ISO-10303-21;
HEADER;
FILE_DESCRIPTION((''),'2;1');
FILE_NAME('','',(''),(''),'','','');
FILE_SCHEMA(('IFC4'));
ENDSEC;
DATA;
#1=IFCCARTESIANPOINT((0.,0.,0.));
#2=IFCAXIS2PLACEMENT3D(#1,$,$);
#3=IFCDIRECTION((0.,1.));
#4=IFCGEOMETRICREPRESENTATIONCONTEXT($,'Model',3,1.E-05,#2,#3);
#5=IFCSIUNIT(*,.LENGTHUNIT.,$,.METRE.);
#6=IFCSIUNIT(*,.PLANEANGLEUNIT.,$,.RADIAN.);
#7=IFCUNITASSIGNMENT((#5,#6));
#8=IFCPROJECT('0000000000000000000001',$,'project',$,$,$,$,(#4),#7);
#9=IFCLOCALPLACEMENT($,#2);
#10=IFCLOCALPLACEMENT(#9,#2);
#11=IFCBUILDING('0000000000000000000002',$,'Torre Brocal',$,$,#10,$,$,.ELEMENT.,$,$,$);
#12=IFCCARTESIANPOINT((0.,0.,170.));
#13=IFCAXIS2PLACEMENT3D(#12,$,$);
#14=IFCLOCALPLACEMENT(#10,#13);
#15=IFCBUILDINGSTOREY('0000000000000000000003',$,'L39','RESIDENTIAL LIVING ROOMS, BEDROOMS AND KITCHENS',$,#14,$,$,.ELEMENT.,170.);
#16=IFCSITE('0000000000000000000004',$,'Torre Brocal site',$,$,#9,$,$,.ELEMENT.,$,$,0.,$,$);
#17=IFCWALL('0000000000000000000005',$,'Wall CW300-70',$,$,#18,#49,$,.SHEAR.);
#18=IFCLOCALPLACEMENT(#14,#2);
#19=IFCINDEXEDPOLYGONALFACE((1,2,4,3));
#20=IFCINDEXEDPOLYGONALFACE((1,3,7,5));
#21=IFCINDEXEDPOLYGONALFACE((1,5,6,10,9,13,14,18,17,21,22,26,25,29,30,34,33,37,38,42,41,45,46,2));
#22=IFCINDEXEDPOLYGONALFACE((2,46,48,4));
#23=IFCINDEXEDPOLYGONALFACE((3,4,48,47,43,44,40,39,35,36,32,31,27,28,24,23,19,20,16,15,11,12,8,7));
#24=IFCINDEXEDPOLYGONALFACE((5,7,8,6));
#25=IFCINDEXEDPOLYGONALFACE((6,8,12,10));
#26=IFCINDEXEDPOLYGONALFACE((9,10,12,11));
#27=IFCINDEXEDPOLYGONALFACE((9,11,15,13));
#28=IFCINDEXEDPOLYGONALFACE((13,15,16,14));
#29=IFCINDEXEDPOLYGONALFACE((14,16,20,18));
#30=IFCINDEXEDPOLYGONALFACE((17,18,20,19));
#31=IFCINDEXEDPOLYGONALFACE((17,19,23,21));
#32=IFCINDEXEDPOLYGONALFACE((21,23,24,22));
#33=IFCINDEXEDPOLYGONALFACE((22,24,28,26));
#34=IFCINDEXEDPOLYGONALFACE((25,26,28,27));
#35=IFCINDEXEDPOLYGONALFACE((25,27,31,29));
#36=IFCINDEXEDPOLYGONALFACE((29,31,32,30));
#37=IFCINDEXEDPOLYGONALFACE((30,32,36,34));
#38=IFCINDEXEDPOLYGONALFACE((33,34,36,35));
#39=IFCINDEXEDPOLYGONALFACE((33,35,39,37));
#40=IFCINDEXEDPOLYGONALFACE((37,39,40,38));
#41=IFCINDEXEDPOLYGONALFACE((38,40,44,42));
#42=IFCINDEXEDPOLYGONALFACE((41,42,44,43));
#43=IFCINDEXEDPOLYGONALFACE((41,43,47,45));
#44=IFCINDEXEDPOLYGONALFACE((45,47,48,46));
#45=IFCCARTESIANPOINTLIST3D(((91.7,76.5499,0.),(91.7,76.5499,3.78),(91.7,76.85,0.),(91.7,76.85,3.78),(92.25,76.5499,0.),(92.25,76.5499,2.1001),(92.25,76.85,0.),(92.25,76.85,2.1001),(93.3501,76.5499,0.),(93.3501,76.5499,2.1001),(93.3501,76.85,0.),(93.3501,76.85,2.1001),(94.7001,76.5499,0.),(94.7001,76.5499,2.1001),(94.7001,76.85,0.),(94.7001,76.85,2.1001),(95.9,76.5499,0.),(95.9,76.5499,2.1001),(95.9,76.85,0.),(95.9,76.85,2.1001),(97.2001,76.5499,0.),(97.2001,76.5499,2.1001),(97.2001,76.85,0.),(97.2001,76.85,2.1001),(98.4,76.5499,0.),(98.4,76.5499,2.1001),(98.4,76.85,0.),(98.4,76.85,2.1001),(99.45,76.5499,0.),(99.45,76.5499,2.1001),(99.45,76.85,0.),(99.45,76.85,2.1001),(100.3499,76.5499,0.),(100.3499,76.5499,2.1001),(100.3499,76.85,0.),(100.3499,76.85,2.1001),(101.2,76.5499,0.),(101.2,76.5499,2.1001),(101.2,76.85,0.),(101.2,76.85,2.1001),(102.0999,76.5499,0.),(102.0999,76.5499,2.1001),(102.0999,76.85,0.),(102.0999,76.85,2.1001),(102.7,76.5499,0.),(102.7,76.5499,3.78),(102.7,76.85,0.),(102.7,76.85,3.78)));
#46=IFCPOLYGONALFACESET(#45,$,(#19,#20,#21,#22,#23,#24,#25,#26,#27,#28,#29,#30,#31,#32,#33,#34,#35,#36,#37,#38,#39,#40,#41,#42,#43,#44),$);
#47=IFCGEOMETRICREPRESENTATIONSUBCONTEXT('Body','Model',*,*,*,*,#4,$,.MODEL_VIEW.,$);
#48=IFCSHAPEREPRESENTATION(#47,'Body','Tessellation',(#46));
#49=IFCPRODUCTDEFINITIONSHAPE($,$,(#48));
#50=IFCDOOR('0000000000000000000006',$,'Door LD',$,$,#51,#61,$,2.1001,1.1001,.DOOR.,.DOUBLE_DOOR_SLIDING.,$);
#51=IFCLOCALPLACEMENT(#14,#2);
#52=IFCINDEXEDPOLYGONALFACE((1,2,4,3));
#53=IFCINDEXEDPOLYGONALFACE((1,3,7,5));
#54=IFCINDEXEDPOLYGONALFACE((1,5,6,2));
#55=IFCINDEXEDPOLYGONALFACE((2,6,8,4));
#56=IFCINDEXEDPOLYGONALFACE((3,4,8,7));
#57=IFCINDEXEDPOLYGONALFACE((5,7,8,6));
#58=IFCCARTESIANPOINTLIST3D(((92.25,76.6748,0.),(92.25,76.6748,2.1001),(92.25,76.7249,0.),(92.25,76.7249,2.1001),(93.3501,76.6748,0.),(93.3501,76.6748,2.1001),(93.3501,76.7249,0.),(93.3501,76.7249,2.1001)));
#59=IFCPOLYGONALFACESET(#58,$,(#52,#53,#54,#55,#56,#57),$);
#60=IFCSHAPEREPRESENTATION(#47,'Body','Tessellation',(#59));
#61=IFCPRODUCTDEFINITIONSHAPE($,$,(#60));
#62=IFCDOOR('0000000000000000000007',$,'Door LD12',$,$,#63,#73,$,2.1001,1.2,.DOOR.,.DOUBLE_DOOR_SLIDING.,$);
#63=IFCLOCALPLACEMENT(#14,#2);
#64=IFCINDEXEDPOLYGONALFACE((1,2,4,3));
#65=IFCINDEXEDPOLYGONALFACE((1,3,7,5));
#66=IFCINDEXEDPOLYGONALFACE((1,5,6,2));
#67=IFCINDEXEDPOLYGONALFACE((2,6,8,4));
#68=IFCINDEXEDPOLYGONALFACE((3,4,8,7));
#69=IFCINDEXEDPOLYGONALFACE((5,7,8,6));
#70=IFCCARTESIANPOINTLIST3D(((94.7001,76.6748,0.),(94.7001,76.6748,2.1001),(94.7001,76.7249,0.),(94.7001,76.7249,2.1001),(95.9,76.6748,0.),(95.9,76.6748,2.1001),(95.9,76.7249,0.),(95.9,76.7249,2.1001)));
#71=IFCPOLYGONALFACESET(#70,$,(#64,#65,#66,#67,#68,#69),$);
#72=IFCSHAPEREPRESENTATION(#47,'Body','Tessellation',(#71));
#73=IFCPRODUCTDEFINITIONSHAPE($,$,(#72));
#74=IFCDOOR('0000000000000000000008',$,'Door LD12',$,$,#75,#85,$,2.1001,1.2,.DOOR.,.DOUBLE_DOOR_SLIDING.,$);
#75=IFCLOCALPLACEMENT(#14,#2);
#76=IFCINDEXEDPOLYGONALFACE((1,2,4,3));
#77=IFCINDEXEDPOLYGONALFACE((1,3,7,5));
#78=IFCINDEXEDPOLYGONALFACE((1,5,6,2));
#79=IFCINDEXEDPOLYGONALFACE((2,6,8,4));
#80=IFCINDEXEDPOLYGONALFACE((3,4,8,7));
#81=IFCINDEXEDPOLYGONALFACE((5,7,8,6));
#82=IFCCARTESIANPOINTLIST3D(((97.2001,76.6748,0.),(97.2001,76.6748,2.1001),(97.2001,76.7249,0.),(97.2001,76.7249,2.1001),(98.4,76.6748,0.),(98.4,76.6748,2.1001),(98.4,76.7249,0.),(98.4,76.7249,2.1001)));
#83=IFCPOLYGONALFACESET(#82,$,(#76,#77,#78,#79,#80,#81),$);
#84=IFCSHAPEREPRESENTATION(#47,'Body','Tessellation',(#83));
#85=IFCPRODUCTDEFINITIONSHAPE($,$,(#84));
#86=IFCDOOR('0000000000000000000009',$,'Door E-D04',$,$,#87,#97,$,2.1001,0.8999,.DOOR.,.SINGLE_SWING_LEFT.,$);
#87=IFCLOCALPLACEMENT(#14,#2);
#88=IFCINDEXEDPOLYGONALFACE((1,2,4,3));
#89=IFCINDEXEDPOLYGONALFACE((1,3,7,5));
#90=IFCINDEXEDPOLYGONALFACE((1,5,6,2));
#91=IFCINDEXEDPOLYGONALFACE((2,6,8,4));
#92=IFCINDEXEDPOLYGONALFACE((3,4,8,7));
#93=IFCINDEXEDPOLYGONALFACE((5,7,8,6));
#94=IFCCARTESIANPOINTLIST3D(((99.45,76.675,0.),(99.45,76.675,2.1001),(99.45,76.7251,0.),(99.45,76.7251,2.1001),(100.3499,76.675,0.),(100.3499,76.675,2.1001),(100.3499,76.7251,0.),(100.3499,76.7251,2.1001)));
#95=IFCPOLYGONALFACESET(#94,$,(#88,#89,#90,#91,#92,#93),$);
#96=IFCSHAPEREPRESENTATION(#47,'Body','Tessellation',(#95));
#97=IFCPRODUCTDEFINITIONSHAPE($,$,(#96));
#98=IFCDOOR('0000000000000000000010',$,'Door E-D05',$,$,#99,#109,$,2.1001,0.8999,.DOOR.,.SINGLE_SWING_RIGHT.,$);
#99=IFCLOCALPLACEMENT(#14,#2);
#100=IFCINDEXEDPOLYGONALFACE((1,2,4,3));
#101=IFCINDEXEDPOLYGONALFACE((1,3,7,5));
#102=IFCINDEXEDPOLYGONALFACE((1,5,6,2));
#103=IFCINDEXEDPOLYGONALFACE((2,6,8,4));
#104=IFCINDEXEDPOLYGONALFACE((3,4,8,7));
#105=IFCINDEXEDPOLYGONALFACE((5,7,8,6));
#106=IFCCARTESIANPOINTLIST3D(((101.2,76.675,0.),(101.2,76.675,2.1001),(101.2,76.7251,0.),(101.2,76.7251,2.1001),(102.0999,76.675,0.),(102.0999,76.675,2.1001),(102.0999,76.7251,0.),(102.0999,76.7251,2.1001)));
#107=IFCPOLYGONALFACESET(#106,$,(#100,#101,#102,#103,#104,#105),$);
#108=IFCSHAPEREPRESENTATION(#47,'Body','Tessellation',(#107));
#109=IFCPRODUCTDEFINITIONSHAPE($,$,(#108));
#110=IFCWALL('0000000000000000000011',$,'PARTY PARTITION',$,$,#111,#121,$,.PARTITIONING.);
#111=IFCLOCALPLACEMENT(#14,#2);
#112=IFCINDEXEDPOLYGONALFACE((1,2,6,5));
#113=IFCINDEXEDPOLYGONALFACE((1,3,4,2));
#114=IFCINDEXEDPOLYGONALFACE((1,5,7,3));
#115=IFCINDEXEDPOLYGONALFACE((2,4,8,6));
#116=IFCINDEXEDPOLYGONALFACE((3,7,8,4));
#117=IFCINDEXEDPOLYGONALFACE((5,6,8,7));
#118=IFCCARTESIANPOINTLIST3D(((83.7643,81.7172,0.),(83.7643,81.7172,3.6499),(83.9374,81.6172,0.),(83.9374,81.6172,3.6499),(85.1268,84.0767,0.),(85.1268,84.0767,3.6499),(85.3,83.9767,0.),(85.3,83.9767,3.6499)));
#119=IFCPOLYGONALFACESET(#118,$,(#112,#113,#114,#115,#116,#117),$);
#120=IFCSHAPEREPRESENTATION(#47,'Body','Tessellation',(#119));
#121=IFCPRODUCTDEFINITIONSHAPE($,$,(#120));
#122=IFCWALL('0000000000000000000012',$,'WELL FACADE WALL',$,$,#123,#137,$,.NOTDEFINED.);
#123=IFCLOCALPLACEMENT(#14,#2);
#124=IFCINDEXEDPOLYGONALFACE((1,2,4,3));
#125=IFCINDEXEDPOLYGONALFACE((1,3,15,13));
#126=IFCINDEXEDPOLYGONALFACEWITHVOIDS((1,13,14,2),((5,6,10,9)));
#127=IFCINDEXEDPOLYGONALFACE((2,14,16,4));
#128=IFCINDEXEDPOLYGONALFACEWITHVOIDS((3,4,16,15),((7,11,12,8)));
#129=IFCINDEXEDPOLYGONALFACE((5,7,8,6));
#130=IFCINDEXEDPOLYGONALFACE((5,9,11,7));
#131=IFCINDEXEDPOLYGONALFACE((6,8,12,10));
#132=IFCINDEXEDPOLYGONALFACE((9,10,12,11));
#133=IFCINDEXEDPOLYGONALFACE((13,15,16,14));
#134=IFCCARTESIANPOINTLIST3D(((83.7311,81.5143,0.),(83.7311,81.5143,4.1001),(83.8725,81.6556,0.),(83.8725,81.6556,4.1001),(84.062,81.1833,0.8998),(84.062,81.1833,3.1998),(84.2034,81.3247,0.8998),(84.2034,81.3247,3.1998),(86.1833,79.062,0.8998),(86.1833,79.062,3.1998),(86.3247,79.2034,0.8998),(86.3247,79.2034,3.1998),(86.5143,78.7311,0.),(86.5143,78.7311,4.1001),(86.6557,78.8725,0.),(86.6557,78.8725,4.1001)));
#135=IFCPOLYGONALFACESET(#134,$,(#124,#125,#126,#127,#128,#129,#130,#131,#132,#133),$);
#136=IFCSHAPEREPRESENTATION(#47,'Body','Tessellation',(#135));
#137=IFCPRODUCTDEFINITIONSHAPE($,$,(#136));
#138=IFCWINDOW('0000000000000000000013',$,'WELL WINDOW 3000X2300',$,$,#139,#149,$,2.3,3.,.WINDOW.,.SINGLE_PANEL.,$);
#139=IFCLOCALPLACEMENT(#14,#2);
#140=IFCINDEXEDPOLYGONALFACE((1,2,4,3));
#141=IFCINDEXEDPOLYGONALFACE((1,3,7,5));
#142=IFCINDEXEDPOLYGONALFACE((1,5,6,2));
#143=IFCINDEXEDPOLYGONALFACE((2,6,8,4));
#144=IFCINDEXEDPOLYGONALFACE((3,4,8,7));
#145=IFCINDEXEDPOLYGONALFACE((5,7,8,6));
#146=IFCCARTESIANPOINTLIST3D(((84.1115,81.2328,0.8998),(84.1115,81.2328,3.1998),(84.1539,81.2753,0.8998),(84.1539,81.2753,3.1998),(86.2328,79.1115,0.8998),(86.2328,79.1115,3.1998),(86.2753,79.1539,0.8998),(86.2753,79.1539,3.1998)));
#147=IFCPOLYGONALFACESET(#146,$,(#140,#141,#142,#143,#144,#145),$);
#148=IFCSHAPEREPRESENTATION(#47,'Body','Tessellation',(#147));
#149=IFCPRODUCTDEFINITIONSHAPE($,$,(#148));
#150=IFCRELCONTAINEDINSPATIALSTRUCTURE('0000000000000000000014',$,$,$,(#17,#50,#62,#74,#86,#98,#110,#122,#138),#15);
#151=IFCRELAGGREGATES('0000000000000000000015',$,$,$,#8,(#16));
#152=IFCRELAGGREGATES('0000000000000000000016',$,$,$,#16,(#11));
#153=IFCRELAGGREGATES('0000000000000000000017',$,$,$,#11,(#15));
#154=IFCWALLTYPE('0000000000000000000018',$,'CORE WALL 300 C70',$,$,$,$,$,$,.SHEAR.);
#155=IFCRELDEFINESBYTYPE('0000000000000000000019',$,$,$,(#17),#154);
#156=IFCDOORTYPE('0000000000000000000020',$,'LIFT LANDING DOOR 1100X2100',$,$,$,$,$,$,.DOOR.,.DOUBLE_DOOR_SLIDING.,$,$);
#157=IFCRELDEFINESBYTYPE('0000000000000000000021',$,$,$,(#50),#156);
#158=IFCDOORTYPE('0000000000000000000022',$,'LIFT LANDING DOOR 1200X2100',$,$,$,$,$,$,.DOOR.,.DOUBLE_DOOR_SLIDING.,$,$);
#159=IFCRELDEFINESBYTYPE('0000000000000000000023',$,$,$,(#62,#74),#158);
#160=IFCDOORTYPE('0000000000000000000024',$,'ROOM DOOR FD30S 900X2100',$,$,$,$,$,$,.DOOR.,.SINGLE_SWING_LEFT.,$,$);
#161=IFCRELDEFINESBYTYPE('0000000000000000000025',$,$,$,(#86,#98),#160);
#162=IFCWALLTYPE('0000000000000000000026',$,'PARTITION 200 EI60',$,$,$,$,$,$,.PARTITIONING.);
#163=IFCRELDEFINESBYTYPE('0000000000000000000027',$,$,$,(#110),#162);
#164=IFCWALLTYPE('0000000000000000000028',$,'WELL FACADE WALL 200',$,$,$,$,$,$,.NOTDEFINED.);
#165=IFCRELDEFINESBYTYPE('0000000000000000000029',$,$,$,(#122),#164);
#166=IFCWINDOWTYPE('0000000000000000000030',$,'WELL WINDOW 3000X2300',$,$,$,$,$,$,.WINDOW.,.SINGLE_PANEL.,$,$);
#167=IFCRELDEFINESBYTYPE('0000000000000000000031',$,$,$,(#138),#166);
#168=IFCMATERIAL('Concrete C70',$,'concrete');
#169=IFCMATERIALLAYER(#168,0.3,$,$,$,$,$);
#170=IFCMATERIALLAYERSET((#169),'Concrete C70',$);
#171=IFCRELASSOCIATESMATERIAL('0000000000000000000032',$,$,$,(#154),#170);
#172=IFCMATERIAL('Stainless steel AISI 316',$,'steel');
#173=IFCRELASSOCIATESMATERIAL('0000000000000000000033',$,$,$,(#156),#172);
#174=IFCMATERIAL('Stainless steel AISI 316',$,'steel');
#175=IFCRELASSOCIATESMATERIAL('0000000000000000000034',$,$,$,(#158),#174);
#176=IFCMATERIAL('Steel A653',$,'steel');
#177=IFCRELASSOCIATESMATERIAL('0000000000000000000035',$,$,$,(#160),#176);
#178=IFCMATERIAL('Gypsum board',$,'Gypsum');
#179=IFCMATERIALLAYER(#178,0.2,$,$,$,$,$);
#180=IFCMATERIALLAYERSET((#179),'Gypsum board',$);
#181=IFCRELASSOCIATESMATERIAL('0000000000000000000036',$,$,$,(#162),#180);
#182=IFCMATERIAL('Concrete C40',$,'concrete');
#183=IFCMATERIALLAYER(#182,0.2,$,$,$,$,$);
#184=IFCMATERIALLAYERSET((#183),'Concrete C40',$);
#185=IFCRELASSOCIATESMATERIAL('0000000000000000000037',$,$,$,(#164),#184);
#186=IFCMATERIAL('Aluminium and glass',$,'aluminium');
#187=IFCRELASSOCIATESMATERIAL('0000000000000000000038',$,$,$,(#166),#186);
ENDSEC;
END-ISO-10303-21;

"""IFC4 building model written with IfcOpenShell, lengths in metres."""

from ifc_helpers import new_model, si_unit, direction, frame, frame_2d, origin, place, context, subcontext, project, spatial, rectangle, extrude, material, layer, layer_set, type_object, element, fill, save


model = new_model("IFC4")

# Units and contexts
model_context = context("Model", 3, precision=1e-05, world=origin(), true_north=direction((0.0, 1.0)))
body_context = subcontext(model_context, "Body", "Model", "MODEL_VIEW")
ifc_project = project(units=[si_unit("LENGTHUNIT", "METRE"), si_unit("PLANEANGLEUNIT", "RADIAN")], contexts=[model_context])

# Site, building, storey
site_placement = place(None, origin())
site = spatial("IfcSite", under=ifc_project, at=site_placement, Name="Torre Brocal site", CompositionType="ELEMENT", RefElevation=0.0)
building_placement = place(site_placement, origin())
building = spatial("IfcBuilding", under=site, at=building_placement, Name="Torre Brocal", CompositionType="ELEMENT")
storey_placement = place(building_placement, frame((0.0, 0.0, 170.0)))
storey = spatial("IfcBuildingStorey", under=building, at=storey_placement, Name="L39", Description="RESIDENTIAL LIVING ROOMS, BEDROOMS AND KITCHENS", CompositionType="ELEMENT", Elevation=170.0)

# Shared definitions
ifc_material_1 = material(Name="Concrete C70", Category="concrete")
ifc_layer_1 = layer(ifc_material_1, 0.3)
ifc_layer_set_1 = layer_set([ifc_layer_1], Name="Concrete C70")
wall_type_1 = type_object("IfcWallType", Name="CORE WALL 300 C70", PredefinedType="SHEAR", material=ifc_layer_set_1)

# Wall, openings, doors
wall_1_placement = place(storey_placement, frame((91.7, 76.7, 0.0), z_axis=(0.0, 0.0, 1.0), x_axis=(1.0, 0.0, 0.0)))
wall_1 = element("IfcWall", 1, at=wall_1_placement, inside=storey, type_object=wall_type_1, Name="Wall CW300-70", PredefinedType="SHEAR", context=body_context, shape_type="SweptSolid", body=[
    extrude(rectangle(XDim=11.0, YDim=0.3, at=frame_2d((5.5, 0.0))), origin(), (0.0, 0.0, 1.0), 3.78),
])
opening_1_placement = place(wall_1_placement, frame((0.55, 0.0, 0.0)))
opening_1 = element("IfcOpeningElement", 2, at=opening_1_placement, cuts=wall_1, PredefinedType="OPENING", context=body_context, shape_type="SweptSolid", body=[
    extrude(rectangle(XDim=1.1001, YDim=2.1001, at=frame_2d((0.55, 1.05))), frame((0.0, 0.1599, 0.0), z_axis=(0.0, -1.0, 0.0), x_axis=(1.0, 0.0, 0.0)), (0.0, 0.0, 1.0), 0.3201),
])
opening_2_placement = place(wall_1_placement, frame((3.0, 0.0, 0.0)))
opening_2 = element("IfcOpeningElement", 3, at=opening_2_placement, cuts=wall_1, PredefinedType="OPENING", context=body_context, shape_type="SweptSolid", body=[
    extrude(rectangle(XDim=1.2, YDim=2.1001, at=frame_2d((0.6001, 1.05))), frame((0.0, 0.1599, 0.0), z_axis=(0.0, -1.0, 0.0), x_axis=(1.0, 0.0, 0.0)), (0.0, 0.0, 1.0), 0.3201),
])
opening_3_placement = place(wall_1_placement, frame((5.5, 0.0, 0.0)))
opening_3 = element("IfcOpeningElement", 4, at=opening_3_placement, cuts=wall_1, PredefinedType="OPENING", context=body_context, shape_type="SweptSolid", body=[
    extrude(rectangle(XDim=1.2, YDim=2.1001, at=frame_2d((0.6001, 1.05))), frame((0.0, 0.1599, 0.0), z_axis=(0.0, -1.0, 0.0), x_axis=(1.0, 0.0, 0.0)), (0.0, 0.0, 1.0), 0.3201),
])
opening_4_placement = place(wall_1_placement, frame((7.75, 0.0, 0.0)))
opening_4 = element("IfcOpeningElement", 5, at=opening_4_placement, cuts=wall_1, PredefinedType="OPENING", context=body_context, shape_type="SweptSolid", body=[
    extrude(rectangle(XDim=0.8999, YDim=2.1001, at=frame_2d((0.45, 1.05))), frame((0.0, 0.1599, 0.0), z_axis=(0.0, -1.0, 0.0), x_axis=(1.0, 0.0, 0.0)), (0.0, 0.0, 1.0), 0.3201),
])
opening_5_placement = place(wall_1_placement, frame((9.5, 0.0, 0.0)))
opening_5 = element("IfcOpeningElement", 6, at=opening_5_placement, cuts=wall_1, PredefinedType="OPENING", context=body_context, shape_type="SweptSolid", body=[
    extrude(rectangle(XDim=0.8999, YDim=2.1001, at=frame_2d((0.45, 1.05))), frame((0.0, 0.1599, 0.0), z_axis=(0.0, -1.0, 0.0), x_axis=(1.0, 0.0, 0.0)), (0.0, 0.0, 1.0), 0.3201),
])
ifc_material_2 = material(Name="Stainless steel AISI 316", Category="steel")
door_type_1 = type_object("IfcDoorType", Name="LIFT LANDING DOOR 1100X2100", OperationType="DOUBLE_DOOR_SLIDING", PredefinedType="DOOR", material=ifc_material_2)
door_1_placement = place(opening_1_placement, origin())
door_1 = element("IfcDoor", 7, at=door_1_placement, inside=storey, type_object=door_type_1, Name="Door LD", OperationType="DOUBLE_DOOR_SLIDING", OverallHeight=2.1001, OverallWidth=1.1001, PredefinedType="DOOR", context=body_context, shape_type="SweptSolid", body=[
    extrude(rectangle(XDim=1.1001, YDim=2.1001, at=frame_2d((0.55, 1.05))), frame((0.0, 0.0249, 0.0), z_axis=(0.0, -1.0, 0.0), x_axis=(1.0, 0.0, 0.0)), (0.0, 0.0, 1.0), 0.05),
])
fill(opening_1, door_1)
ifc_material_3 = material(Name="Stainless steel AISI 316", Category="steel")
door_type_2 = type_object("IfcDoorType", Name="LIFT LANDING DOOR 1200X2100", OperationType="DOUBLE_DOOR_SLIDING", PredefinedType="DOOR", material=ifc_material_3)
door_2_placement = place(opening_2_placement, origin())
door_2 = element("IfcDoor", 8, at=door_2_placement, inside=storey, type_object=door_type_2, Name="Door LD12", OperationType="DOUBLE_DOOR_SLIDING", OverallHeight=2.1001, OverallWidth=1.2, PredefinedType="DOOR", context=body_context, shape_type="SweptSolid", body=[
    extrude(rectangle(XDim=1.2, YDim=2.1001, at=frame_2d((0.6001, 1.05))), frame((0.0, 0.0249, 0.0), z_axis=(0.0, -1.0, 0.0), x_axis=(1.0, 0.0, 0.0)), (0.0, 0.0, 1.0), 0.05),
])
fill(opening_2, door_2)
door_3_placement = place(opening_3_placement, origin())
door_3 = element("IfcDoor", 9, at=door_3_placement, inside=storey, type_object=door_type_2, Name="Door LD12", OperationType="DOUBLE_DOOR_SLIDING", OverallHeight=2.1001, OverallWidth=1.2, PredefinedType="DOOR", context=body_context, shape_type="SweptSolid", body=[
    extrude(rectangle(XDim=1.2, YDim=2.1001, at=frame_2d((0.6001, 1.05))), frame((0.0, 0.0249, 0.0), z_axis=(0.0, -1.0, 0.0), x_axis=(1.0, 0.0, 0.0)), (0.0, 0.0, 1.0), 0.05),
])
fill(opening_3, door_3)
ifc_material_4 = material(Name="Steel A653", Category="steel")
door_type_3 = type_object("IfcDoorType", Name="ROOM DOOR FD30S 900X2100", OperationType="SINGLE_SWING_LEFT", PredefinedType="DOOR", material=ifc_material_4)
door_4_placement = place(opening_4_placement, frame((0.8999, 0.0, 0.0), z_axis=(0.0, 0.0, 1.0), x_axis=(-1.0, 0.0, 0.0)))
door_4 = element("IfcDoor", 10, at=door_4_placement, inside=storey, type_object=door_type_3, Name="Door E-D04", OperationType="SINGLE_SWING_LEFT", OverallHeight=2.1001, OverallWidth=0.8999, PredefinedType="DOOR", context=body_context, shape_type="SweptSolid", body=[
    extrude(rectangle(XDim=0.8999, YDim=2.1001, at=frame_2d((0.45, 1.05))), frame((0.0, 0.0249, 0.0), z_axis=(0.0, -1.0, 0.0), x_axis=(1.0, 0.0, 0.0)), (0.0, 0.0, 1.0), 0.05),
])
fill(opening_4, door_4)
door_5_placement = place(opening_5_placement, frame((0.8999, 0.0, 0.0), z_axis=(0.0, 0.0, 1.0), x_axis=(-1.0, 0.0, 0.0)))
door_5 = element("IfcDoor", 11, at=door_5_placement, inside=storey, type_object=door_type_3, Name="Door E-D05", OperationType="SINGLE_SWING_RIGHT", OverallHeight=2.1001, OverallWidth=0.8999, PredefinedType="DOOR", context=body_context, shape_type="SweptSolid", body=[
    extrude(rectangle(XDim=0.8999, YDim=2.1001, at=frame_2d((0.45, 1.05))), frame((0.0, 0.0249, 0.0), z_axis=(0.0, -1.0, 0.0), x_axis=(1.0, 0.0, 0.0)), (0.0, 0.0, 1.0), 0.05),
])
fill(opening_5, door_5)

# Wall
ifc_material_5 = material(Name="Gypsum board", Category="Gypsum")
ifc_layer_2 = layer(ifc_material_5, 0.2)
ifc_layer_set_2 = layer_set([ifc_layer_2], Name="Gypsum board")
wall_type_2 = type_object("IfcWallType", Name="PARTITION 200 EI60", PredefinedType="PARTITIONING", material=ifc_layer_set_2)
wall_2_placement = place(storey_placement, frame((83.8508, 81.6672, 0.0), z_axis=(0.0, 0.0, 1.0), x_axis=(0.5001, 0.865968, 0.0)))
element("IfcWall", 12, at=wall_2_placement, inside=storey, type_object=wall_type_2, Name="PARTY PARTITION", PredefinedType="PARTITIONING", context=body_context, shape_type="SweptSolid", body=[
    extrude(rectangle(XDim=2.7246, YDim=0.2, at=frame_2d((1.3623, 0.0))), origin(), (0.0, 0.0, 1.0), 3.6499),
])

# Wall, opening, window
ifc_material_6 = material(Name="Concrete C40", Category="concrete")
ifc_layer_3 = layer(ifc_material_6, 0.2)
ifc_layer_set_3 = layer_set([ifc_layer_3], Name="Concrete C40")
wall_type_3 = type_object("IfcWallType", Name="WELL FACADE WALL 200", PredefinedType="NOTDEFINED", material=ifc_layer_set_3)
wall_3_placement = place(storey_placement, frame((86.585, 78.8018, 0.0), z_axis=(0.0, 0.0, 1.0), x_axis=(-0.707107, 0.707107, 0.0)))
wall_3 = element("IfcWall", 13, at=wall_3_placement, inside=storey, type_object=wall_type_3, Name="WELL FACADE WALL", PredefinedType="NOTDEFINED", context=body_context, shape_type="SweptSolid", body=[
    extrude(rectangle(XDim=3.936, YDim=0.2, at=frame_2d((1.968, 0.0))), origin(), (0.0, 0.0, 1.0), 4.1001),
])
opening_6_placement = place(wall_3_placement, frame((0.468, 0.0, 0.8999)))
opening_6 = element("IfcOpeningElement", 14, at=opening_6_placement, cuts=wall_3, PredefinedType="OPENING", context=body_context, shape_type="SweptSolid", body=[
    extrude(rectangle(XDim=3.0, YDim=2.3, at=frame_2d((1.5, 1.1499))), frame((0.0, 0.1099, 0.0), z_axis=(0.0, -1.0, 0.0), x_axis=(1.0, 0.0, 0.0)), (0.0, 0.0, 1.0), 0.22),
])
ifc_material_7 = material(Name="Aluminium and glass", Category="aluminium")
window_type = type_object("IfcWindowType", Name="WELL WINDOW 3000X2300", PartitioningType="SINGLE_PANEL", PredefinedType="WINDOW", material=ifc_material_7)
window_1_placement = place(opening_6_placement, origin())
window_1 = element("IfcWindow", 15, at=window_1_placement, inside=storey, type_object=window_type, Name="WELL WINDOW 3000X2300", OverallHeight=2.3, OverallWidth=3.0, PartitioningType="SINGLE_PANEL", PredefinedType="WINDOW", context=body_context, shape_type="SweptSolid", body=[
    extrude(rectangle(XDim=3.0, YDim=2.3, at=frame_2d((1.5, 1.1499))), frame((0.0, 0.03, 0.0), z_axis=(0.0, -1.0, 0.0), x_axis=(1.0, 0.0, 0.0)), (0.0, 0.0, 1.0), 0.0601),
])
fill(opening_6, window_1)

save(model, "model.ifc")
